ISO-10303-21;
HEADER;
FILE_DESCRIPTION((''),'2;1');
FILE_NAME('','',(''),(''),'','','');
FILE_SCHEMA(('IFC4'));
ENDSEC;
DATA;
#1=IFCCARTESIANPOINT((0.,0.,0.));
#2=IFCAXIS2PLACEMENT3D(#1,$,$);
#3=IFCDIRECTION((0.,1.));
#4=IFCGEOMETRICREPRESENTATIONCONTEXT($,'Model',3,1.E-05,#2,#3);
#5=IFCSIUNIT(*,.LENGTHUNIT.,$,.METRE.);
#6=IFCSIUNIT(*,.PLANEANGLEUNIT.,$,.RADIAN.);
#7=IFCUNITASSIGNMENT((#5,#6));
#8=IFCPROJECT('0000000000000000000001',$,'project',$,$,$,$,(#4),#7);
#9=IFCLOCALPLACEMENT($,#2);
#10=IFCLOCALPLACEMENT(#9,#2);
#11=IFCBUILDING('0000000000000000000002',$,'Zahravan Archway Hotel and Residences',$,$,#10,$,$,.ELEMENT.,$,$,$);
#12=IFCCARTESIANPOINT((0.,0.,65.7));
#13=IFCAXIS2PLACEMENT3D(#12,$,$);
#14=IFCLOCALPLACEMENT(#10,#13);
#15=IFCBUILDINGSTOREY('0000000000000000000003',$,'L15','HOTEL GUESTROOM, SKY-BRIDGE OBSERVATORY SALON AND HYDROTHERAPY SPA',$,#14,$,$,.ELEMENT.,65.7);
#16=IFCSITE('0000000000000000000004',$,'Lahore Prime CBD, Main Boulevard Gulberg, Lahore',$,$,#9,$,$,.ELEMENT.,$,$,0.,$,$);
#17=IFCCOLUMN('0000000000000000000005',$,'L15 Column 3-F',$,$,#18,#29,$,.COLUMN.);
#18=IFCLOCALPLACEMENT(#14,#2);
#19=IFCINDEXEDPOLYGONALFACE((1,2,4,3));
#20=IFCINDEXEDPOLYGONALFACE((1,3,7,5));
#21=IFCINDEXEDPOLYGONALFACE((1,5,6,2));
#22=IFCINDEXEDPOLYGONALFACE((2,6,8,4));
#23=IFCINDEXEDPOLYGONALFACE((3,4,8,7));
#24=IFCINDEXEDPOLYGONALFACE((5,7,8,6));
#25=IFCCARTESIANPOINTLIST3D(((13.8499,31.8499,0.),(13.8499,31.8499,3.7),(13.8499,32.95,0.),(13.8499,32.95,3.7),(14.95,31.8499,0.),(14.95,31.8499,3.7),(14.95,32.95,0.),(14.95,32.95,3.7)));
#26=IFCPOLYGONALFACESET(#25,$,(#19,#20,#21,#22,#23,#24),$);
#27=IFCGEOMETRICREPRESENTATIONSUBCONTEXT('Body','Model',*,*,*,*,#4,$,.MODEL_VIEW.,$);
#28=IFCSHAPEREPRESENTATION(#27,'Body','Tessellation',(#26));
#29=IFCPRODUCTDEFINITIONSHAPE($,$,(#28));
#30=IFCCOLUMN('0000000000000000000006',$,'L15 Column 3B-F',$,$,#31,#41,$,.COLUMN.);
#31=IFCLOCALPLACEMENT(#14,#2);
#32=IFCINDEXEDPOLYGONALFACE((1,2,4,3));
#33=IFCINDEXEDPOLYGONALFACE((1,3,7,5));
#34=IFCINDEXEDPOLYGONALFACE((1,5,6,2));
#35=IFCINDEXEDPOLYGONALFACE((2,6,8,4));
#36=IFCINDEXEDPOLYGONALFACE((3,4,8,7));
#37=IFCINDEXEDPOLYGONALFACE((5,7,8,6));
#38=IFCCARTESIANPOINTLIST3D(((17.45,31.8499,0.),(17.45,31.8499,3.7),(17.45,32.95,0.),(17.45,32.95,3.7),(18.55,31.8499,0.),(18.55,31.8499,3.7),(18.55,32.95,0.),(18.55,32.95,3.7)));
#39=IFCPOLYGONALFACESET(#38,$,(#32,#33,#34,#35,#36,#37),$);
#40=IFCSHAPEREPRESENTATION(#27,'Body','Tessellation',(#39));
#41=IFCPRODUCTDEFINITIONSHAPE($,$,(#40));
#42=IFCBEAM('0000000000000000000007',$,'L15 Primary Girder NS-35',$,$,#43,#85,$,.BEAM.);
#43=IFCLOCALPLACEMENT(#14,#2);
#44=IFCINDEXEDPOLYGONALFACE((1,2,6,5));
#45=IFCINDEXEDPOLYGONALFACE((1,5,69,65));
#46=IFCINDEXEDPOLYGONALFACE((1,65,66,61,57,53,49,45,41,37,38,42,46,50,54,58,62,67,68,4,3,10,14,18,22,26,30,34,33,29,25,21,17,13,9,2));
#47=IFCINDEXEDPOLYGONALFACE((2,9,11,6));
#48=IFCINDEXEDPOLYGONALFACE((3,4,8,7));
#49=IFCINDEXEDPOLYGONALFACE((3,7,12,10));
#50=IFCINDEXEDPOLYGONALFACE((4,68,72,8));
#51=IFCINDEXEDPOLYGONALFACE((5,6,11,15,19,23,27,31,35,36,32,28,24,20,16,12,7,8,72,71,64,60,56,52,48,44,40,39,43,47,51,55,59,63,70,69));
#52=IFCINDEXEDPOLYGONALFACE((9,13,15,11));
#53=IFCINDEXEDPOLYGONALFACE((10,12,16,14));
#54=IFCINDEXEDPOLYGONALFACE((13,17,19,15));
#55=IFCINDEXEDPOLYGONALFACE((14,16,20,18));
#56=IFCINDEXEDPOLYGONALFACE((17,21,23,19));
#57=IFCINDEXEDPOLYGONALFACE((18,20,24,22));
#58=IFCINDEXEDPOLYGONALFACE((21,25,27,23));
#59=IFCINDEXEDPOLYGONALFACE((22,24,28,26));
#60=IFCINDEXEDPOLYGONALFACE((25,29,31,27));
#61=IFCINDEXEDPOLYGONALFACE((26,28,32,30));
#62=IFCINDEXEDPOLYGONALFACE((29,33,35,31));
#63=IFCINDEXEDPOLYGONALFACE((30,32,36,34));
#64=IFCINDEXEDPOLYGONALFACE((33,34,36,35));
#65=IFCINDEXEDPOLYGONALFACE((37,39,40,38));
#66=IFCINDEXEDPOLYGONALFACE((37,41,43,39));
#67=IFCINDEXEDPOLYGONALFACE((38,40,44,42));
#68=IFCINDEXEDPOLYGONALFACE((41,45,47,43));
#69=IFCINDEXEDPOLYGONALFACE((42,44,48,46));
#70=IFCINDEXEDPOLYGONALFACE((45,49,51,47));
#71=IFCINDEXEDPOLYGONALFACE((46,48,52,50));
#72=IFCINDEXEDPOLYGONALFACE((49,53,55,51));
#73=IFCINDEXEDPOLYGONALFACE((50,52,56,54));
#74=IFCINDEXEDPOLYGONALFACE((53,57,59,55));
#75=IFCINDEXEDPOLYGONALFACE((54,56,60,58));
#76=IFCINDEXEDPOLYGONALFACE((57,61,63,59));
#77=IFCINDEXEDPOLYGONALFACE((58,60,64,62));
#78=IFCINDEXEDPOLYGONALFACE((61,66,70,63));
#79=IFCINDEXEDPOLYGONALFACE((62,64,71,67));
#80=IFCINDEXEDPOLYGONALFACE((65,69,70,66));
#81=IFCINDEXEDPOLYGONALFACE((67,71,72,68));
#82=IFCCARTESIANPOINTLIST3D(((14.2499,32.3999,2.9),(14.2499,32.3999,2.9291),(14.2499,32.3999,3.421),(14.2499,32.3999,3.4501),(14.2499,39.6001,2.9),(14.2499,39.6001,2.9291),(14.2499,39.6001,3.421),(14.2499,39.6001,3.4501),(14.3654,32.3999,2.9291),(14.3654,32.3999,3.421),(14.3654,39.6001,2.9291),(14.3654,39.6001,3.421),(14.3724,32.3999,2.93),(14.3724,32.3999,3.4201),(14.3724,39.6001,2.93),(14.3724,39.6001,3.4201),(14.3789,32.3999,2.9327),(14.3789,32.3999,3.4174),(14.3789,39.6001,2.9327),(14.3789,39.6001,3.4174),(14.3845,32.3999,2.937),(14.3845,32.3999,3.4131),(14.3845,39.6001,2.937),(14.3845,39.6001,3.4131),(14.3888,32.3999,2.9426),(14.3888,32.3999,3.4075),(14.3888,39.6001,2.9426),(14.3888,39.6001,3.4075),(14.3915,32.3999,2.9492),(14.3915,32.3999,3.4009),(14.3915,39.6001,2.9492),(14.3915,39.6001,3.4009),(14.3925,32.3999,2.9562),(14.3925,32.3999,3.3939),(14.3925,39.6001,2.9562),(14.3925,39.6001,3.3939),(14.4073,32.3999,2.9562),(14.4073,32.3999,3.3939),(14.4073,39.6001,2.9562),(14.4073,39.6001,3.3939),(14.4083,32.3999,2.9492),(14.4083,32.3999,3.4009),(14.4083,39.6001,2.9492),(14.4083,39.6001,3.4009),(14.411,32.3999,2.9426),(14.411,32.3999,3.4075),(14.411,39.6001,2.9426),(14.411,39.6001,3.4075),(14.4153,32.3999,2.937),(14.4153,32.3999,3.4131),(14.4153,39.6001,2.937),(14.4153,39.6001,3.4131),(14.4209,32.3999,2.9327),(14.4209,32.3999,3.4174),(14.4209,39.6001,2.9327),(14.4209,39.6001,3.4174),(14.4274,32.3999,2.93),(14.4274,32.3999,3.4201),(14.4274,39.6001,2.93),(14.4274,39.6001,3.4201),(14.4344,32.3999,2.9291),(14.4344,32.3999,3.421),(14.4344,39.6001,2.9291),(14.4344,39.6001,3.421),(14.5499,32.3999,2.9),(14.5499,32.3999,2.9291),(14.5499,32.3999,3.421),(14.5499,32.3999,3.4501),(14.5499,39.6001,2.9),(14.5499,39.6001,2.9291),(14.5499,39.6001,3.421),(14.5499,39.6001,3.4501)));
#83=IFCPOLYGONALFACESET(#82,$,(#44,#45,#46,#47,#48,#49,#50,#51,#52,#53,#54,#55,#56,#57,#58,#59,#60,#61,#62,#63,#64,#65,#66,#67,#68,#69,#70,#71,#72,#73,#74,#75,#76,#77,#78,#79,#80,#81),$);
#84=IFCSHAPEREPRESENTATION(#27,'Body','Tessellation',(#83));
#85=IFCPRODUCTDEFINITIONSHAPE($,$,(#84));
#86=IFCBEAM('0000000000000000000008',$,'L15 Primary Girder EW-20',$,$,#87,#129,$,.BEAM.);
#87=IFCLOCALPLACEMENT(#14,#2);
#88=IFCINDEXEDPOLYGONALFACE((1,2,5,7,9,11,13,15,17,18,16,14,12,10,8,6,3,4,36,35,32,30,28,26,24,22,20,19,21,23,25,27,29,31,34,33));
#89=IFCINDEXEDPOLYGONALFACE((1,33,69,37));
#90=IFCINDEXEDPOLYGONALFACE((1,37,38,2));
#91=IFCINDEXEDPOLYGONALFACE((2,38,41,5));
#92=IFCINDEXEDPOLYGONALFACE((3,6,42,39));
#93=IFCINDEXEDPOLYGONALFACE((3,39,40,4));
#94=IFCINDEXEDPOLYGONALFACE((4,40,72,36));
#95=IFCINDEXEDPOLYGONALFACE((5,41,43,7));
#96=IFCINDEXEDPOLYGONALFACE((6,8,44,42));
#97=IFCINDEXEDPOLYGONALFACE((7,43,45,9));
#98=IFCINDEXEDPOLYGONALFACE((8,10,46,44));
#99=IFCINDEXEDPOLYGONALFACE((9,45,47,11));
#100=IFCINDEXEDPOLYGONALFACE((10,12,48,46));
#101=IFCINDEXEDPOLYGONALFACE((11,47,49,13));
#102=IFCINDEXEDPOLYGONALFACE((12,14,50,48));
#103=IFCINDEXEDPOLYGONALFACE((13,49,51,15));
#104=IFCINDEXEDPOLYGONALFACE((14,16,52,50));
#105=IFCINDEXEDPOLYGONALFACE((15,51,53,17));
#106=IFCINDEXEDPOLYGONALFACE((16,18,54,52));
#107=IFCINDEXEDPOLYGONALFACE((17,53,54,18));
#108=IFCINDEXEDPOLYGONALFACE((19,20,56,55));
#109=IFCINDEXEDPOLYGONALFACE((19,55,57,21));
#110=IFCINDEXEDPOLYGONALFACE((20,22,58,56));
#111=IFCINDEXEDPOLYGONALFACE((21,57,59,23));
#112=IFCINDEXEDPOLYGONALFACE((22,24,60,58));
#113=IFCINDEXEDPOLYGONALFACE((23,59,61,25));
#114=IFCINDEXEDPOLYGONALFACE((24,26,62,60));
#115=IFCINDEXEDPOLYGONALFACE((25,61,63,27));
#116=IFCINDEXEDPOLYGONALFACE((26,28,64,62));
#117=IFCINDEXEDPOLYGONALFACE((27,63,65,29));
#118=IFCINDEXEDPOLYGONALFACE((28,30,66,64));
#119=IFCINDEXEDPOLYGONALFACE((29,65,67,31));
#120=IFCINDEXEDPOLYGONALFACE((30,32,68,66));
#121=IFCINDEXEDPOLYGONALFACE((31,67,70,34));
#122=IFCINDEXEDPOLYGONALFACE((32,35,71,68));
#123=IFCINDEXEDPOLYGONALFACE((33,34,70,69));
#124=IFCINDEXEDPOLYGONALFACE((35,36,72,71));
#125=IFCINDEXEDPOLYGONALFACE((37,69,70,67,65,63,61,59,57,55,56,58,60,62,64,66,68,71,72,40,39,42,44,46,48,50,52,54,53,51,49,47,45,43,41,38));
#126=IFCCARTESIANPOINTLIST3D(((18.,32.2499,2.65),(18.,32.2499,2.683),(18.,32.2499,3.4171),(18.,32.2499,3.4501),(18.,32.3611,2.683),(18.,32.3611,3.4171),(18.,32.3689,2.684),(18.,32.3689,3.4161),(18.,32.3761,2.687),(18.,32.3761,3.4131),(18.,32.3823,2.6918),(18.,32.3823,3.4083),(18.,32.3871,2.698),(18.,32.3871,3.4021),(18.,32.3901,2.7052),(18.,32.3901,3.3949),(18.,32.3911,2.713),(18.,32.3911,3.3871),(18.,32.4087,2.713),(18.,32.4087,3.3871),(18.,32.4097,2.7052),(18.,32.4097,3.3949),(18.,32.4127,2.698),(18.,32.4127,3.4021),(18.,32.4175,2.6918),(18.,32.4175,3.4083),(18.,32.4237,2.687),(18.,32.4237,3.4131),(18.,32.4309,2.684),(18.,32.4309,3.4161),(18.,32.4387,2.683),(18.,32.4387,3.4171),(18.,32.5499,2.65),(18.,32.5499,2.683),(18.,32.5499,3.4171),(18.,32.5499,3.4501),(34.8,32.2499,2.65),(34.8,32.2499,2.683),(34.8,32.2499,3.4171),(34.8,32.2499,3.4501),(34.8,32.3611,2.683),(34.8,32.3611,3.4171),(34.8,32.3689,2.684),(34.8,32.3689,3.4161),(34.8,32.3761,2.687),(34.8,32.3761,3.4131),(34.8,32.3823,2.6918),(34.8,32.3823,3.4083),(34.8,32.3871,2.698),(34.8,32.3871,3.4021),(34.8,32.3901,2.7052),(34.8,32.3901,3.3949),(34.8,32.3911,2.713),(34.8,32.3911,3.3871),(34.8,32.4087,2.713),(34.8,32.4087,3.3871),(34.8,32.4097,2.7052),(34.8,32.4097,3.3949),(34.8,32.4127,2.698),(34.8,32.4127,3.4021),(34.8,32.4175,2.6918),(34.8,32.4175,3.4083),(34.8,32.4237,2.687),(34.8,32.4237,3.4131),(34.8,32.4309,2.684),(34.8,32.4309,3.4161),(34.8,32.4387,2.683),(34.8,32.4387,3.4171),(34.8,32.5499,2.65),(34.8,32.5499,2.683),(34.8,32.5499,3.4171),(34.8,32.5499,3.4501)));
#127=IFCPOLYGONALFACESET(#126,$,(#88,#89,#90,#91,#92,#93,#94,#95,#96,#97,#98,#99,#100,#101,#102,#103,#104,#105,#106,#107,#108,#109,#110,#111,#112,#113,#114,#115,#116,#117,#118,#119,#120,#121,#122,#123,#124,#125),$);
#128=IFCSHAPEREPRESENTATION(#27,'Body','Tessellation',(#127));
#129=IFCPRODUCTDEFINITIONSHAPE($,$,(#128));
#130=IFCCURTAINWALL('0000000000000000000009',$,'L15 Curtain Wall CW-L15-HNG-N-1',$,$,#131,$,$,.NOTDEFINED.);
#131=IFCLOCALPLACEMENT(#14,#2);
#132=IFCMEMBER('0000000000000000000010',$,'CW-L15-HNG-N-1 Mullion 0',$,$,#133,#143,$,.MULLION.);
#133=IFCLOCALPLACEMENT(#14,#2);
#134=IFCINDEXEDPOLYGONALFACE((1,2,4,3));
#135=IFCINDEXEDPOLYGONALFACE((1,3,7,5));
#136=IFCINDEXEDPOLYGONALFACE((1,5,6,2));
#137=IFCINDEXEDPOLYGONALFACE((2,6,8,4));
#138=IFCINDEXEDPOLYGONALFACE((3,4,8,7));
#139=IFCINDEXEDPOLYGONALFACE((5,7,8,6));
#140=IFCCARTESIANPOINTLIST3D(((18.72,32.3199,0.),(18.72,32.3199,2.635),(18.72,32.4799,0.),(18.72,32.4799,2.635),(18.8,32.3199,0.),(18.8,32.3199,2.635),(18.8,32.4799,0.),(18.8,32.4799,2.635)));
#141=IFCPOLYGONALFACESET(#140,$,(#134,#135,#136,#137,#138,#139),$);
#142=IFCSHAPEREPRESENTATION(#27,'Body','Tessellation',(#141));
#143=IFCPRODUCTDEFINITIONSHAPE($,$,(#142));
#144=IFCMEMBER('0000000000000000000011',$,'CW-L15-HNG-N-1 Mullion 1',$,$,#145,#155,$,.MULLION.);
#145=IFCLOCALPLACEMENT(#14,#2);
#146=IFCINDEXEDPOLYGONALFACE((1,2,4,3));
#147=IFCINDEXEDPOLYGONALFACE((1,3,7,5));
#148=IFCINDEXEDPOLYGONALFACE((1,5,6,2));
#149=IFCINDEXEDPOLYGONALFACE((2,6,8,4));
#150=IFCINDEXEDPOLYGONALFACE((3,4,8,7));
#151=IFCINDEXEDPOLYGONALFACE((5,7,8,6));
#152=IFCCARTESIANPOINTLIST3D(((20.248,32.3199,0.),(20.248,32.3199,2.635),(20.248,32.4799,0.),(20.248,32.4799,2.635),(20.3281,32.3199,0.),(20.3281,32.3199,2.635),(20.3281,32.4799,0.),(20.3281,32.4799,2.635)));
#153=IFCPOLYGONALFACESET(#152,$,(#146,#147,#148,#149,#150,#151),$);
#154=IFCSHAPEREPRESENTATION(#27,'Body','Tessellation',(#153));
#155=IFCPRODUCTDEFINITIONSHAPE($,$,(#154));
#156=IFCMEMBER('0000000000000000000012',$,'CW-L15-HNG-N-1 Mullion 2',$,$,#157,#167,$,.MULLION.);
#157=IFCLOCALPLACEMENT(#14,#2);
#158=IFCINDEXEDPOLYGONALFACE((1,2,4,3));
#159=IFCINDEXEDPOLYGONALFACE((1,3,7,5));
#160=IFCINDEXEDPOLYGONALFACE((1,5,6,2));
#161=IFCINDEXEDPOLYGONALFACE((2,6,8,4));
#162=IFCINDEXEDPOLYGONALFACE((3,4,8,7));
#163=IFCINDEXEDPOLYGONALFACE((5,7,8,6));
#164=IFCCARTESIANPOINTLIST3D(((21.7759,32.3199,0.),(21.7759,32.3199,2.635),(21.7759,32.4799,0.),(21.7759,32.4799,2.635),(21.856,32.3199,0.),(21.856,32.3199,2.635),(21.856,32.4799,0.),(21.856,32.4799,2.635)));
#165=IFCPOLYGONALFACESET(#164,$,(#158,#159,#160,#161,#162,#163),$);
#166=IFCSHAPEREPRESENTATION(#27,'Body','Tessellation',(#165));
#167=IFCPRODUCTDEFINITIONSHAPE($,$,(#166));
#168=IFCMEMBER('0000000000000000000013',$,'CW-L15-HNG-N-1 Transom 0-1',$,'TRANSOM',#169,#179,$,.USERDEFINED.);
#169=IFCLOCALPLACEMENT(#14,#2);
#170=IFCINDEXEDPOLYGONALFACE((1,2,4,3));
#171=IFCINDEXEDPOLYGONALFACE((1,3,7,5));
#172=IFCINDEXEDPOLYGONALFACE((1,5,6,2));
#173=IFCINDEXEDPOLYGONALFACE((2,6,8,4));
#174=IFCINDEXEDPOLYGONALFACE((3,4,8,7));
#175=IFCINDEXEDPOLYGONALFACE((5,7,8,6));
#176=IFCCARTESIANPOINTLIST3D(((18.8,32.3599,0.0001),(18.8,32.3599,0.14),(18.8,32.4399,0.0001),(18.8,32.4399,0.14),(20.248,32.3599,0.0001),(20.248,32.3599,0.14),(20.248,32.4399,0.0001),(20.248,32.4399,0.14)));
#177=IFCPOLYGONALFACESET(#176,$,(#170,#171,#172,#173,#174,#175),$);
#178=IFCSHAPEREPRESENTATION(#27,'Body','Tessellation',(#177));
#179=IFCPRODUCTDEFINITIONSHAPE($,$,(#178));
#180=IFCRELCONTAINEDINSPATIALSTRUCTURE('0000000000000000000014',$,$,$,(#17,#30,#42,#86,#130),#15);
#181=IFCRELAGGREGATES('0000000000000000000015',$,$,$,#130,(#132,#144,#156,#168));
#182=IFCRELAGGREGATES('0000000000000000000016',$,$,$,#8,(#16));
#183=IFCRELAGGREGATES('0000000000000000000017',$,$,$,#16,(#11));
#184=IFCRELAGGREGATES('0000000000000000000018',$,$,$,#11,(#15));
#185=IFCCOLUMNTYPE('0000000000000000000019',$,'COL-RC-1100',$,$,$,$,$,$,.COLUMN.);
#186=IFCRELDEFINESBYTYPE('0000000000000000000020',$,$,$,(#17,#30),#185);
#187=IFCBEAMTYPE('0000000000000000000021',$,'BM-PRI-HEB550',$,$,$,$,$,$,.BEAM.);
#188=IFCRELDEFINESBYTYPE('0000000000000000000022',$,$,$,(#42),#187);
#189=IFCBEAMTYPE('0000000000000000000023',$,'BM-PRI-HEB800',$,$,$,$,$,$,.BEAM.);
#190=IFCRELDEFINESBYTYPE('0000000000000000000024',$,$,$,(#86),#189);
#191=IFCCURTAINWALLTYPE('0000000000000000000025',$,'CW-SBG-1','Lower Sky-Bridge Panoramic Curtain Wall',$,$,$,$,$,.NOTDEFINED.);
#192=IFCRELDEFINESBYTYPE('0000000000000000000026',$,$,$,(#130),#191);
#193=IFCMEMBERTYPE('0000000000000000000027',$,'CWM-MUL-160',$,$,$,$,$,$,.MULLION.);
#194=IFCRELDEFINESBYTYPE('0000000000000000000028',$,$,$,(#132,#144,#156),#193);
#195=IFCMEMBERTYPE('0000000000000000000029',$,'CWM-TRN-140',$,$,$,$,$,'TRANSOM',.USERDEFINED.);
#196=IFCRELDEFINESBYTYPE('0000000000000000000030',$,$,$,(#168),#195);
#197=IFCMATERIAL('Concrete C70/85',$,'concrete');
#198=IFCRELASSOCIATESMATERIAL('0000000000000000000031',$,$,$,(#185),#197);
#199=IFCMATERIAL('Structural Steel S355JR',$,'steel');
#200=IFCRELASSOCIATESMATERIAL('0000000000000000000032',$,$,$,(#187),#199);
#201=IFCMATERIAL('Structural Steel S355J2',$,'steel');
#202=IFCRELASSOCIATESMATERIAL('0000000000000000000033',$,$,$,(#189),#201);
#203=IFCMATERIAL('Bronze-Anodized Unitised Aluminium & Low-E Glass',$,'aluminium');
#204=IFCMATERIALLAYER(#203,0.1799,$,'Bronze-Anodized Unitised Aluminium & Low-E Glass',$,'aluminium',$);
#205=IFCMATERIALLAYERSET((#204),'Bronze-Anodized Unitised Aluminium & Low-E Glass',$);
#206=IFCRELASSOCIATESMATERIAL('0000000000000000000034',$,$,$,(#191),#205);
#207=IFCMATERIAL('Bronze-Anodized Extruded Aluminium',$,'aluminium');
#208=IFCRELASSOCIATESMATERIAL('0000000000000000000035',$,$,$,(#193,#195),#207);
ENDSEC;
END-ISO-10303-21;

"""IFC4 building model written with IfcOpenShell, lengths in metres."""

from ifc_helpers import new_model, si_unit, direction, frame, origin, origin_2d, place, context, subcontext, project, spatial, rectangle, i_section, extrude, source, transform, mapped, material, layer, layer_set, material_profile, profile_set, type_object, type_shapes, element, aggregate, save


model = new_model("IFC4")

# Units and contexts
model_context = context("Model", 3, precision=1e-05, world=origin(), true_north=direction((0.0, 1.0)))
body_context = subcontext(model_context, "Body", "Model", "MODEL_VIEW")
ifc_project = project(units=[si_unit("LENGTHUNIT", "METRE"), si_unit("PLANEANGLEUNIT", "RADIAN")], contexts=[model_context])

# Site, building, storey
site_placement = place(None, origin())
site = spatial("IfcSite", under=ifc_project, at=site_placement, Name="Lahore Prime CBD, Main Boulevard Gulberg, Lahore", CompositionType="ELEMENT", RefElevation=0.0)
building_placement = place(site_placement, origin())
building = spatial("IfcBuilding", under=site, at=building_placement, Name="Zahravan Archway Hotel and Residences", CompositionType="ELEMENT")
storey_placement = place(building_placement, frame((0.0, 0.0, 65.7)))
storey = spatial("IfcBuildingStorey", under=building, at=storey_placement, Name="L15", Description="HOTEL GUESTROOM, SKY-BRIDGE OBSERVATORY SALON AND HYDROTHERAPY SPA", CompositionType="ELEMENT", Elevation=65.7)

# Columns
ifc_material_1 = material(Name="Concrete C70/85", Category="concrete")
ifc_material_profile_1 = material_profile(ifc_material_1, rectangle(XDim=1.1001, YDim=1.1001, at=origin_2d()), Name="RC 1100x1100", Category="concrete")
ifc_profile_set_1 = profile_set([ifc_material_profile_1], Name="Concrete C70/85")
column_type = type_object("IfcColumnType", Name="COL-RC-1100", PredefinedType="COLUMN", material=ifc_profile_set_1)
shared_shape_1 = source(origin(), body_context, "Body", "SweptSolid", [
    extrude(rectangle(XDim=1.1001, YDim=1.1001, at=origin_2d()), origin(), (0.0, 0.0, 1.0), 3.7),
])
for number, where, z_axis, x_axis, name in (
    (1, (14.3999, 32.3999, 0.0), (0.0, 0.0, 1.0), (1.0, 0.0, 0.0), "L15 Column 3-F"),
    (2, (18.0, 32.3999, 0.0), (0.0, 0.0, 1.0), (1.0, 0.0, 0.0), "L15 Column 3B-F"),
):
    element("IfcColumn", number, at=place(storey_placement, frame(where, z_axis=z_axis, x_axis=x_axis)), inside=storey, type_object=column_type, Name=name, PredefinedType="COLUMN", context=body_context, shape_type="MappedRepresentation", body=[
        mapped(shared_shape_1, transform((0.0, 0.0, 0.0), scale=1.0)),
    ])

# Beams
ifc_material_2 = material(Name="Structural Steel S355JR", Category="steel")
ifc_material_profile_2 = material_profile(ifc_material_2, i_section(OverallWidth=0.3, OverallDepth=0.55, WebThickness=0.0149, FlangeThickness=0.0291, FilletRadius=0.0271, at=origin_2d()), Name="HEB 550", Category="steel")
ifc_profile_set_2 = profile_set([ifc_material_profile_2], Name="Structural Steel S355JR")
beam_type_1 = type_object("IfcBeamType", Name="BM-PRI-HEB550", PredefinedType="BEAM", material=ifc_profile_set_2)
shared_shape_2 = source(origin(), body_context, "Body", "SweptSolid", [
    extrude(i_section(OverallWidth=0.3, OverallDepth=0.55, WebThickness=0.0149, FlangeThickness=0.0291, FilletRadius=0.0271, at=origin_2d()), origin(), (0.0, 0.0, 1.0), 7.2002),
])
type_shapes(beam_type_1, [shared_shape_2])
beam_1_placement = place(storey_placement, frame((14.3999, 32.3999, 3.175), z_axis=(0.0, 1.0, 0.0), x_axis=(-1.0, 0.0, 0.0)))
element("IfcBeam", 3, at=beam_1_placement, inside=storey, type_object=beam_type_1, Name="L15 Primary Girder NS-35", PredefinedType="BEAM", context=body_context, shape_type="MappedRepresentation", body=[
    mapped(shared_shape_2, transform((0.0, 0.0, 0.0), scale=1.0)),
])
ifc_material_3 = material(Name="Structural Steel S355J2", Category="steel")
ifc_material_profile_3 = material_profile(ifc_material_3, i_section(OverallWidth=0.3, OverallDepth=0.8, WebThickness=0.0176, FlangeThickness=0.033, FilletRadius=0.03, at=origin_2d()), Name="HEB 800", Category="steel")
ifc_profile_set_3 = profile_set([ifc_material_profile_3], Name="Structural Steel S355J2")
beam_type_2 = type_object("IfcBeamType", Name="BM-PRI-HEB800", PredefinedType="BEAM", material=ifc_profile_set_3)
shared_shape_3 = source(origin(), body_context, "Body", "SweptSolid", [
    extrude(i_section(OverallWidth=0.3, OverallDepth=0.8, WebThickness=0.0176, FlangeThickness=0.033, FilletRadius=0.03, at=origin_2d()), origin(), (0.0, 0.0, 1.0), 16.8),
])
type_shapes(beam_type_2, [shared_shape_3])
beam_2_placement = place(storey_placement, frame((18.0, 32.3999, 3.05), z_axis=(1.0, 0.0, 0.0), x_axis=(0.0, 1.0, 0.0)))
element("IfcBeam", 4, at=beam_2_placement, inside=storey, type_object=beam_type_2, Name="L15 Primary Girder EW-20", PredefinedType="BEAM", context=body_context, shape_type="MappedRepresentation", body=[
    mapped(shared_shape_3, transform((0.0, 0.0, 0.0), scale=1.0)),
])

# Curtain wall, members
ifc_material_4 = material(Name="Bronze-Anodized Unitised Aluminium & Low-E Glass", Category="aluminium")
ifc_layer_1 = layer(ifc_material_4, 0.1799, Name="Bronze-Anodized Unitised Aluminium & Low-E Glass", Category="aluminium")
ifc_layer_set_1 = layer_set([ifc_layer_1], Name="Bronze-Anodized Unitised Aluminium & Low-E Glass")
curtain_wall_type = type_object("IfcCurtainWallType", Name="CW-SBG-1", Description="Lower Sky-Bridge Panoramic Curtain Wall", PredefinedType="NOTDEFINED", material=ifc_layer_set_1)
curtain_wall_placement = place(storey_placement, origin())
curtain_wall = element("IfcCurtainWall", 5, at=curtain_wall_placement, inside=storey, type_object=curtain_wall_type, Name="L15 Curtain Wall CW-L15-HNG-N-1", PredefinedType="NOTDEFINED")
ifc_material_5 = material(Name="Bronze-Anodized Extruded Aluminium", Category="aluminium")
ifc_material_profile_4 = material_profile(ifc_material_5, rectangle(XDim=0.0801, YDim=0.1599, at=origin_2d()), Name="MUL 80x160", Category="aluminium")
ifc_profile_set_4 = profile_set([ifc_material_profile_4], Name="Bronze-Anodized Extruded Aluminium")
member_type_1 = type_object("IfcMemberType", Name="CWM-MUL-160", PredefinedType="MULLION", material=ifc_profile_set_4)
shared_shape_4 = source(origin(), body_context, "Body", "SweptSolid", [
    extrude(rectangle(XDim=0.0801, YDim=0.1599, at=origin_2d()), origin(), (0.0, 0.0, 1.0), 2.635),
])
member_1_placement = place(storey_placement, frame((18.76, 32.3999, 0.0), z_axis=(0.0, 0.0, 1.0), x_axis=(1.0, 0.0, 0.0)))
member_1 = element("IfcMember", 6, at=member_1_placement, type_object=member_type_1, Name="CW-L15-HNG-N-1 Mullion 0", PredefinedType="MULLION", context=body_context, shape_type="MappedRepresentation", body=[
    mapped(shared_shape_4, transform((0.0, 0.0, 0.0), scale=1.0)),
])
member_2_placement = place(storey_placement, frame((20.2881, 32.3999, 0.0), z_axis=(0.0, 0.0, 1.0), x_axis=(1.0, 0.0, 0.0)))
member_2 = element("IfcMember", 7, at=member_2_placement, type_object=member_type_1, Name="CW-L15-HNG-N-1 Mullion 1", PredefinedType="MULLION", context=body_context, shape_type="MappedRepresentation", body=[
    mapped(shared_shape_4, transform((0.0, 0.0, 0.0), scale=1.0)),
])
member_3_placement = place(storey_placement, frame((21.8159, 32.3999, 0.0), z_axis=(0.0, 0.0, 1.0), x_axis=(1.0, 0.0, 0.0)))
member_3 = element("IfcMember", 8, at=member_3_placement, type_object=member_type_1, Name="CW-L15-HNG-N-1 Mullion 2", PredefinedType="MULLION", context=body_context, shape_type="MappedRepresentation", body=[
    mapped(shared_shape_4, transform((0.0, 0.0, 0.0), scale=1.0)),
])
ifc_material_profile_5 = material_profile(ifc_material_5, rectangle(XDim=0.0801, YDim=0.1399, at=origin_2d()), Name="TRN 80x140", Category="aluminium")
ifc_profile_set_5 = profile_set([ifc_material_profile_5], Name="Bronze-Anodized Extruded Aluminium")
member_type_2 = type_object("IfcMemberType", Name="CWM-TRN-140", ElementType="TRANSOM", PredefinedType="USERDEFINED", material=ifc_profile_set_5)
shared_shape_5 = source(origin(), body_context, "Body", "SweptSolid", [
    extrude(rectangle(XDim=0.0801, YDim=0.1399, at=origin_2d()), origin(), (0.0, 0.0, 1.0), 1.448),
])
member_4_placement = place(storey_placement, frame((18.8, 32.3999, 0.0701), z_axis=(1.0, 0.0, 0.0), x_axis=(0.0, 1.0, 0.0)))
member_4 = element("IfcMember", 9, at=member_4_placement, type_object=member_type_2, Name="CW-L15-HNG-N-1 Transom 0-1", ObjectType="TRANSOM", PredefinedType="USERDEFINED", context=body_context, shape_type="MappedRepresentation", body=[
    mapped(shared_shape_5, transform((0.0, 0.0, 0.0), scale=1.0)),
])
aggregate(curtain_wall, [member_1, member_2, member_3, member_4])

save(model, "model.ifc")
